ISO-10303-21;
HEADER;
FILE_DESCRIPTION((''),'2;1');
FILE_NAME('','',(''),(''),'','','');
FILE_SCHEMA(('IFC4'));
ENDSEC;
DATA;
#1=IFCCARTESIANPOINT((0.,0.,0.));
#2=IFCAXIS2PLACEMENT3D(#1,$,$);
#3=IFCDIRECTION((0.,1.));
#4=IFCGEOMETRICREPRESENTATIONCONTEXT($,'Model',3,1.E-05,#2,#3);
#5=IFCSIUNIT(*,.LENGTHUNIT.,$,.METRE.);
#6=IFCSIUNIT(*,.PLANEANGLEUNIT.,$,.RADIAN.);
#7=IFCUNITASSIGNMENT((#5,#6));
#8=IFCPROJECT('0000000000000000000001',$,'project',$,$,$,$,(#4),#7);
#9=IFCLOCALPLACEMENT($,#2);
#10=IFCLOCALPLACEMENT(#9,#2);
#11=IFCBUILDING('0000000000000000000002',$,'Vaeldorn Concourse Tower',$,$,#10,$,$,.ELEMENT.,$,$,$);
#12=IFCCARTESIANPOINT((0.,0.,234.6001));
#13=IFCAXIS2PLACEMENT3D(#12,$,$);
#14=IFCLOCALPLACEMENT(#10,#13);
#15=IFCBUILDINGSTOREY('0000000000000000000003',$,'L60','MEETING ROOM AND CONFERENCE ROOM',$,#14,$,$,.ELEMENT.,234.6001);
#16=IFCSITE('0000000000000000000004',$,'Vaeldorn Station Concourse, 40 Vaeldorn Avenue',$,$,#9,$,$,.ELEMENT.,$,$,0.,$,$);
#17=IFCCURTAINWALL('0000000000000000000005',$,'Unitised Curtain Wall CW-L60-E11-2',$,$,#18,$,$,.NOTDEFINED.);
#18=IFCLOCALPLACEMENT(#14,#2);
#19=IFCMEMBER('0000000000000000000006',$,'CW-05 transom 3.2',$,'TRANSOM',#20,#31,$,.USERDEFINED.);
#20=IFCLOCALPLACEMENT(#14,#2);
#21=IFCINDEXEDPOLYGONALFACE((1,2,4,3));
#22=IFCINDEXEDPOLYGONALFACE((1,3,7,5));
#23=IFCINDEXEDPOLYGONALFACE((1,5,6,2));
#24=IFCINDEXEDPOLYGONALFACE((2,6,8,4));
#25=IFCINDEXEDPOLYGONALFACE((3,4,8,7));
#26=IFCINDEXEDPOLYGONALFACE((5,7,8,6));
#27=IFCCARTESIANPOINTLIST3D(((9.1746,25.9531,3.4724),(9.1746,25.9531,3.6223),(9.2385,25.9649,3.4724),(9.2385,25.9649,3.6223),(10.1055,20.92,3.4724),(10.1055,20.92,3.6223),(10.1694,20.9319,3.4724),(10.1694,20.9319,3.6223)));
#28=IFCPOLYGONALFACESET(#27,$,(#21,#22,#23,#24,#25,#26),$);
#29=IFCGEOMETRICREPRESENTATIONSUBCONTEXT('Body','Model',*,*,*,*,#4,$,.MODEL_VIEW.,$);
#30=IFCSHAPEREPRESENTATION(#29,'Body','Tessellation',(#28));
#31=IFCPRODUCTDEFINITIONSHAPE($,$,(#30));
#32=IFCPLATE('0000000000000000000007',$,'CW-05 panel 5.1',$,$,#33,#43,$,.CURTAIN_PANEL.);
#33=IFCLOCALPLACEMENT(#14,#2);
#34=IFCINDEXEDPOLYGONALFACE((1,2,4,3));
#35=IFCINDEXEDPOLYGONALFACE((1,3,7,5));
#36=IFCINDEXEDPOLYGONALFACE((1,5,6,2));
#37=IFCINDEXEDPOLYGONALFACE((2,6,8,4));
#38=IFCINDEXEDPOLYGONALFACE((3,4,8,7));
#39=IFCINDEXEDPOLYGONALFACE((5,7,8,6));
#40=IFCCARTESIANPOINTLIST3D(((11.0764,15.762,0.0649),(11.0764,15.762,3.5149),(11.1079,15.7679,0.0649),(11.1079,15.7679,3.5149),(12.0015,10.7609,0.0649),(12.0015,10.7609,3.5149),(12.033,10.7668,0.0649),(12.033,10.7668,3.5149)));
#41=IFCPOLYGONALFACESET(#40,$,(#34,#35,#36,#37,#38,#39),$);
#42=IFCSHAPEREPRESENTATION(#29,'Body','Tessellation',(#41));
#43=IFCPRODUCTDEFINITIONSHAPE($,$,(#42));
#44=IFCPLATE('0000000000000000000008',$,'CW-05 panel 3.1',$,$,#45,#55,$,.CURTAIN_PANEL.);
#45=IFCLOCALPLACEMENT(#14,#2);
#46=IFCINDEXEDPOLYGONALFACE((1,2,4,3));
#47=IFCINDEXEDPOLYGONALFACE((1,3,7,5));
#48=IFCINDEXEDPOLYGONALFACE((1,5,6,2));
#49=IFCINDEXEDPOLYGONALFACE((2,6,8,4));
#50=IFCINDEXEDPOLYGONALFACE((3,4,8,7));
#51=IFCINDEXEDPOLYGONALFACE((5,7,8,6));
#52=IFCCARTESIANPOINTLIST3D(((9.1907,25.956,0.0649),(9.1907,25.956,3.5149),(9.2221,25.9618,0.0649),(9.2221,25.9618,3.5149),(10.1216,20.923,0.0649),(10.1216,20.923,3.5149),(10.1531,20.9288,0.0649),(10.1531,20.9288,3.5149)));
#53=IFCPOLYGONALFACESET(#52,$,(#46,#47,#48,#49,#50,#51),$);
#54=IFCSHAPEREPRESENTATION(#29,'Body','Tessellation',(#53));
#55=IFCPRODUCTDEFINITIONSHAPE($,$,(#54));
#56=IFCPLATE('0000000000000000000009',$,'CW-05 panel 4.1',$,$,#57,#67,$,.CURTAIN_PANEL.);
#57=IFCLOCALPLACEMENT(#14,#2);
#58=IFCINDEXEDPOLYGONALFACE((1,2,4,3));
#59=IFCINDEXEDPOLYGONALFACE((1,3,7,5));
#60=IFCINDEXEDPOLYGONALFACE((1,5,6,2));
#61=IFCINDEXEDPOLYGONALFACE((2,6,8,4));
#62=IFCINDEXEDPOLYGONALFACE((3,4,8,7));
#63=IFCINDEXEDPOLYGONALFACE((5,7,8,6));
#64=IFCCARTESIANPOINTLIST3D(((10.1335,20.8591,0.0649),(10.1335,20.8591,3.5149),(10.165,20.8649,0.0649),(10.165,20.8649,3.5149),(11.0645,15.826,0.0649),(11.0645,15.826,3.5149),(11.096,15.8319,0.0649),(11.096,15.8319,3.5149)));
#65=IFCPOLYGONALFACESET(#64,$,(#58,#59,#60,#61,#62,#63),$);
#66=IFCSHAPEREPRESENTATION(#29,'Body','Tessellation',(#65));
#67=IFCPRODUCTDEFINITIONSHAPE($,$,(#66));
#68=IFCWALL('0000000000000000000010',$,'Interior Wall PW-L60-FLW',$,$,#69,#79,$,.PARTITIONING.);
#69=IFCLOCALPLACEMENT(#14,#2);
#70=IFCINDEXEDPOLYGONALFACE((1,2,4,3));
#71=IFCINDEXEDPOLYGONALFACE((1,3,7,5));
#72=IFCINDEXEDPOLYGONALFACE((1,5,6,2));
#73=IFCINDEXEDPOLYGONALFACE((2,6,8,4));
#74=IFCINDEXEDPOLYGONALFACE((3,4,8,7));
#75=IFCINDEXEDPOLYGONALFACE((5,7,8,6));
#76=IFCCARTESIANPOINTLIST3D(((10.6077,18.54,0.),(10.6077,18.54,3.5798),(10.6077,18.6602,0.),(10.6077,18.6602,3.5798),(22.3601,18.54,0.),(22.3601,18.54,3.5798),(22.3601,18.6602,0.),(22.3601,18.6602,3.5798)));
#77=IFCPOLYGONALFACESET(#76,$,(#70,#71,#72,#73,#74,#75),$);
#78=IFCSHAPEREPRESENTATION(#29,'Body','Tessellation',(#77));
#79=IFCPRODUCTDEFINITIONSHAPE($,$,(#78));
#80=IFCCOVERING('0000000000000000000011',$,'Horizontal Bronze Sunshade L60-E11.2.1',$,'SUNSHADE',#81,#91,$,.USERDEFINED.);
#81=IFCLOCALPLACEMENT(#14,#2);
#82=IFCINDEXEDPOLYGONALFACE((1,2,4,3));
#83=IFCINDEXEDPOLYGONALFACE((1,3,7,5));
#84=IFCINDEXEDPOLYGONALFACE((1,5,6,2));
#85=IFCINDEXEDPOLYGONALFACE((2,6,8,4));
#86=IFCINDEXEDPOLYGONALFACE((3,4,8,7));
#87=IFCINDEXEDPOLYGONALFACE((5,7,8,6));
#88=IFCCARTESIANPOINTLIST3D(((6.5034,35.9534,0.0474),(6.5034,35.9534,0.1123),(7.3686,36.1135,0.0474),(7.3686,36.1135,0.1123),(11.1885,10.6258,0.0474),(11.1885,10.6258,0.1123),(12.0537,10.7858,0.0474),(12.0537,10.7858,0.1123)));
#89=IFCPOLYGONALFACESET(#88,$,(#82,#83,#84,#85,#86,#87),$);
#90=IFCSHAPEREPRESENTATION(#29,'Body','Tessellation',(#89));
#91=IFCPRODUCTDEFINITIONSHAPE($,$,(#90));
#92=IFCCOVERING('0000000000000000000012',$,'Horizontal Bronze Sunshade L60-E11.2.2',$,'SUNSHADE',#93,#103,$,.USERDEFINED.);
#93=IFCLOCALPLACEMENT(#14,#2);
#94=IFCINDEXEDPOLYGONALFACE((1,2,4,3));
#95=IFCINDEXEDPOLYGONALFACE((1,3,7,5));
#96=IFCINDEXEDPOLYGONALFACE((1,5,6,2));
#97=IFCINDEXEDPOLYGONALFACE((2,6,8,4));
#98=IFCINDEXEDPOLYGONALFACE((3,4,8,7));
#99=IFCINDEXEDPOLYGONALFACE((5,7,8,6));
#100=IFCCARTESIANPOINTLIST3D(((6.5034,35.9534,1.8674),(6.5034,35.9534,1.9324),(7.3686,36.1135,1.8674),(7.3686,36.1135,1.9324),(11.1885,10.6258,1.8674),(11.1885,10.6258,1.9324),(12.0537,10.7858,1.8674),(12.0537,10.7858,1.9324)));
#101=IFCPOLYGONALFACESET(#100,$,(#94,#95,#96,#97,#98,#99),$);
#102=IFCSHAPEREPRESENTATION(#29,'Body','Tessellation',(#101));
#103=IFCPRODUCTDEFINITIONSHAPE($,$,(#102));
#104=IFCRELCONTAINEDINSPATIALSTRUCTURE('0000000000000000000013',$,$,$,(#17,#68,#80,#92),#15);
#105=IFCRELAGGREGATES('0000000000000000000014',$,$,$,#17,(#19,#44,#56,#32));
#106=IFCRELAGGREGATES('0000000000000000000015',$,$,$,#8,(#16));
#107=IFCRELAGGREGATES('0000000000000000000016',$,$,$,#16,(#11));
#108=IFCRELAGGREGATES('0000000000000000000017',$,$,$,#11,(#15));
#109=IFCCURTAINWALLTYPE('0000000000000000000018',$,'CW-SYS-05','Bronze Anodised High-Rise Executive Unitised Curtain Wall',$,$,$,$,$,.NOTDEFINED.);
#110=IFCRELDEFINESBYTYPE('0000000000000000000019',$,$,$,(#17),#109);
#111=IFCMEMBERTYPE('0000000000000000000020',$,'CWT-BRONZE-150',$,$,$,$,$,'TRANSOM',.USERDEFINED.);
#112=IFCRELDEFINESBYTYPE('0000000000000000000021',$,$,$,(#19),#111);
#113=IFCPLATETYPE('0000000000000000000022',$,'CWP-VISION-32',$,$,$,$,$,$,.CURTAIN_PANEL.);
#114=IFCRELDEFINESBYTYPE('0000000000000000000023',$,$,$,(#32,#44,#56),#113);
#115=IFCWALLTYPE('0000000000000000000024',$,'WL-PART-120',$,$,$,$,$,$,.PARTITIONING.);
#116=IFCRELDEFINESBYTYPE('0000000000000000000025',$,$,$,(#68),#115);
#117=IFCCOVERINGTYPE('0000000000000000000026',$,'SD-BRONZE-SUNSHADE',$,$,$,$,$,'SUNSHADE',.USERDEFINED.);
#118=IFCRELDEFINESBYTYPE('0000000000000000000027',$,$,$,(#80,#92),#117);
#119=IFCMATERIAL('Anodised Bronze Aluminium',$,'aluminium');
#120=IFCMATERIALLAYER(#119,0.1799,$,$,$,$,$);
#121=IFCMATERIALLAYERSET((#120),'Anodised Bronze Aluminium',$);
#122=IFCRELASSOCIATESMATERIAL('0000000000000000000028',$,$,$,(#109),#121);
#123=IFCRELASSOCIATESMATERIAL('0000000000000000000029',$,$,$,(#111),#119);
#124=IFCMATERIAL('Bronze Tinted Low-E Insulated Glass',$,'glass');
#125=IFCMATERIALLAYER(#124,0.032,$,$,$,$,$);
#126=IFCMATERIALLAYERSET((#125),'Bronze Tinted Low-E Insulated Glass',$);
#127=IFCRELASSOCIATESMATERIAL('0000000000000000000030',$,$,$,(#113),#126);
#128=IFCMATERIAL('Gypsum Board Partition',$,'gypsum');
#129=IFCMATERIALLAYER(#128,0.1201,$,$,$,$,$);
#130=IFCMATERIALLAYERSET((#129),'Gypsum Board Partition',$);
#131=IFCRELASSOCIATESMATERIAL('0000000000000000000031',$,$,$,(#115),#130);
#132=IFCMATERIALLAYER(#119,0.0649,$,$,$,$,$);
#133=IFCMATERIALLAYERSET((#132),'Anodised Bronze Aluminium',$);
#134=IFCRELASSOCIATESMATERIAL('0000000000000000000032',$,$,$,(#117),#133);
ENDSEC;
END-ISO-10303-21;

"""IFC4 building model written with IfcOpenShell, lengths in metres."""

from ifc_helpers import new_model, si_unit, direction, frame, frame_2d, origin, origin_2d, place, context, subcontext, project, spatial, rectangle, extrude, source, transform, mapped, material, layer, layer_set, material_profile, profile_set, type_object, element, aggregate, save


model = new_model("IFC4")

# Units and contexts
model_context = context("Model", 3, precision=1e-05, world=origin(), true_north=direction((0.0, 1.0)))
body_context = subcontext(model_context, "Body", "Model", "MODEL_VIEW")
ifc_project = project(units=[si_unit("LENGTHUNIT", "METRE"), si_unit("PLANEANGLEUNIT", "RADIAN")], contexts=[model_context])

# Site, building, storey
site_placement = place(None, origin())
site = spatial("IfcSite", under=ifc_project, at=site_placement, Name="Vaeldorn Station Concourse, 40 Vaeldorn Avenue", CompositionType="ELEMENT", RefElevation=0.0)
building_placement = place(site_placement, origin())
building = spatial("IfcBuilding", under=site, at=building_placement, Name="Vaeldorn Concourse Tower", CompositionType="ELEMENT")
storey_placement = place(building_placement, frame((0.0, 0.0, 234.6001)))
storey = spatial("IfcBuildingStorey", under=building, at=storey_placement, Name="L60", Description="MEETING ROOM AND CONFERENCE ROOM", CompositionType="ELEMENT", Elevation=234.6001)

# Curtain wall
ifc_material_1 = material(Name="Anodised Bronze Aluminium", Category="aluminium")
ifc_layer_1 = layer(ifc_material_1, 0.1799)
ifc_layer_set_1 = layer_set([ifc_layer_1], Name="Anodised Bronze Aluminium")
curtain_wall_type = type_object("IfcCurtainWallType", Name="CW-SYS-05", Description="Bronze Anodised High-Rise Executive Unitised Curtain Wall", PredefinedType="NOTDEFINED", material=ifc_layer_set_1)
curtain_wall_1_placement = place(storey_placement, origin())
curtain_wall_1 = element("IfcCurtainWall", 1, at=curtain_wall_1_placement, inside=storey, type_object=curtain_wall_type, Name="Unitised Curtain Wall CW-L60-E11-2", PredefinedType="NOTDEFINED")

# Member
ifc_material_profile_1 = material_profile(ifc_material_1, rectangle(XDim=0.0649, YDim=0.1499, at=origin_2d()), Name="CWT 65x150")
ifc_profile_set_1 = profile_set([ifc_material_profile_1], Name="Anodised Bronze Aluminium")
member_type_1 = type_object("IfcMemberType", Name="CWT-BRONZE-150", ElementType="TRANSOM", PredefinedType="USERDEFINED", material=ifc_profile_set_1)
shared_shape_1 = source(origin(), body_context, "Body", "SweptSolid", [
    extrude(rectangle(XDim=0.0649, YDim=0.1499, at=origin_2d()), origin(), (0.0, 0.0, 1.0), 5.1184),
])
member_1_placement = place(storey_placement, frame((9.2065, 25.959, 3.5474), z_axis=(0.181877, -0.983321, 0.0), x_axis=(0.983321, 0.181877, 0.0)))
member_1 = element("IfcMember", 2, at=member_1_placement, type_object=member_type_1, Name="CW-05 transom 3.2", ObjectType="TRANSOM", PredefinedType="USERDEFINED", context=body_context, shape_type="MappedRepresentation", body=[
    mapped(shared_shape_1, transform((0.0, 0.0, 0.0), scale=1.0)),
])

# Plates
ifc_material_2 = material(Name="Bronze Tinted Low-E Insulated Glass", Category="glass")
ifc_layer_2 = layer(ifc_material_2, 0.032)
ifc_layer_set_2 = layer_set([ifc_layer_2], Name="Bronze Tinted Low-E Insulated Glass")
plate_type = type_object("IfcPlateType", Name="CWP-VISION-32", PredefinedType="CURTAIN_PANEL", material=ifc_layer_set_2)
shared_shape_2 = source(origin(), body_context, "Body", "SweptSolid", [
    extrude(rectangle(XDim=5.0859, YDim=0.032, at=origin_2d()), origin(), (0.0, 0.0, 1.0), 3.45),
])
plate_1_placement = place(storey_placement, frame((11.5547, 13.2644, 0.0649), z_axis=(0.0, 0.0, 1.0), x_axis=(0.18189, -0.983319, 0.0)))
plate_1 = element("IfcPlate", 3, at=plate_1_placement, type_object=plate_type, Name="CW-05 panel 5.1", PredefinedType="CURTAIN_PANEL", context=body_context, shape_type="MappedRepresentation", body=[
    mapped(shared_shape_2, transform((0.0, 0.0, 0.0), scale=1.0)),
])
shared_shape_3 = source(origin(), body_context, "Body", "SweptSolid", [
    extrude(rectangle(XDim=5.1184, YDim=0.032, at=origin_2d()), origin(), (0.0, 0.0, 1.0), 3.45),
])
plate_2_placement = place(storey_placement, frame((9.6719, 23.4424, 0.0649), z_axis=(0.0, 0.0, 1.0), x_axis=(0.18189, -0.983319, 0.0)))
plate_2 = element("IfcPlate", 4, at=plate_2_placement, type_object=plate_type, Name="CW-05 panel 3.1", PredefinedType="CURTAIN_PANEL", context=body_context, shape_type="MappedRepresentation", body=[
    mapped(shared_shape_3, transform((0.0, 0.0, 0.0), scale=1.0)),
])
plate_3_placement = place(storey_placement, frame((10.6147, 18.3455, 0.0649), z_axis=(0.0, 0.0, 1.0), x_axis=(0.18189, -0.983319, 0.0)))
plate_3 = element("IfcPlate", 5, at=plate_3_placement, type_object=plate_type, Name="CW-05 panel 4.1", PredefinedType="CURTAIN_PANEL", context=body_context, shape_type="MappedRepresentation", body=[
    mapped(shared_shape_3, transform((0.0, 0.0, 0.0), scale=1.0)),
])
aggregate(curtain_wall_1, [member_1, plate_2, plate_3, plate_1])

# Wall
ifc_material_3 = material(Name="Gypsum Board Partition", Category="gypsum")
ifc_layer_3 = layer(ifc_material_3, 0.1201)
ifc_layer_set_3 = layer_set([ifc_layer_3], Name="Gypsum Board Partition")
wall_type = type_object("IfcWallType", Name="WL-PART-120", PredefinedType="PARTITIONING", material=ifc_layer_set_3)
wall_placement = place(storey_placement, frame((10.6077, 18.6001, 0.0), z_axis=(0.0, 0.0, 1.0), x_axis=(1.0, 0.0, 0.0)))
element("IfcWall", 6, at=wall_placement, inside=storey, type_object=wall_type, Name="Interior Wall PW-L60-FLW", PredefinedType="PARTITIONING", context=body_context, shape_type="SweptSolid", body=[
    extrude(rectangle(XDim=11.7524, YDim=0.1201, at=frame_2d((5.8762, 0.0))), origin(), (0.0, 0.0, 1.0), 3.5798),
])

# Coverings
ifc_layer_4 = layer(ifc_material_1, 0.0649)
ifc_layer_set_4 = layer_set([ifc_layer_4], Name="Anodised Bronze Aluminium")
covering_type = type_object("IfcCoveringType", Name="SD-BRONZE-SUNSHADE", ElementType="SUNSHADE", PredefinedType="USERDEFINED", material=ifc_layer_set_4)
shared_shape_4 = source(origin(), body_context, "Body", "SweptSolid", [
    extrude(rectangle(XDim=25.7573, YDim=0.8799, at=origin_2d()), origin(), (0.0, 0.0, 1.0), 0.0649),
])
for number, where, z_axis, x_axis, name in (
    (7, (9.2786, 23.3696, 0.0474), (0.0, 0.0, 1.0), (0.181892, -0.983318, 0.0), "Horizontal Bronze Sunshade L60-E11.2.1"),
    (8, (9.2786, 23.3696, 1.8674), (0.0, 0.0, 1.0), (0.181892, -0.983318, 0.0), "Horizontal Bronze Sunshade L60-E11.2.2"),
):
    element("IfcCovering", number, at=place(storey_placement, frame(where, z_axis=z_axis, x_axis=x_axis)), inside=storey, type_object=covering_type, Name=name, ObjectType="SUNSHADE", PredefinedType="USERDEFINED", context=body_context, shape_type="MappedRepresentation", body=[
        mapped(shared_shape_4, transform((0.0, 0.0, 0.0), scale=1.0)),
    ])

save(model, "model.ifc")
